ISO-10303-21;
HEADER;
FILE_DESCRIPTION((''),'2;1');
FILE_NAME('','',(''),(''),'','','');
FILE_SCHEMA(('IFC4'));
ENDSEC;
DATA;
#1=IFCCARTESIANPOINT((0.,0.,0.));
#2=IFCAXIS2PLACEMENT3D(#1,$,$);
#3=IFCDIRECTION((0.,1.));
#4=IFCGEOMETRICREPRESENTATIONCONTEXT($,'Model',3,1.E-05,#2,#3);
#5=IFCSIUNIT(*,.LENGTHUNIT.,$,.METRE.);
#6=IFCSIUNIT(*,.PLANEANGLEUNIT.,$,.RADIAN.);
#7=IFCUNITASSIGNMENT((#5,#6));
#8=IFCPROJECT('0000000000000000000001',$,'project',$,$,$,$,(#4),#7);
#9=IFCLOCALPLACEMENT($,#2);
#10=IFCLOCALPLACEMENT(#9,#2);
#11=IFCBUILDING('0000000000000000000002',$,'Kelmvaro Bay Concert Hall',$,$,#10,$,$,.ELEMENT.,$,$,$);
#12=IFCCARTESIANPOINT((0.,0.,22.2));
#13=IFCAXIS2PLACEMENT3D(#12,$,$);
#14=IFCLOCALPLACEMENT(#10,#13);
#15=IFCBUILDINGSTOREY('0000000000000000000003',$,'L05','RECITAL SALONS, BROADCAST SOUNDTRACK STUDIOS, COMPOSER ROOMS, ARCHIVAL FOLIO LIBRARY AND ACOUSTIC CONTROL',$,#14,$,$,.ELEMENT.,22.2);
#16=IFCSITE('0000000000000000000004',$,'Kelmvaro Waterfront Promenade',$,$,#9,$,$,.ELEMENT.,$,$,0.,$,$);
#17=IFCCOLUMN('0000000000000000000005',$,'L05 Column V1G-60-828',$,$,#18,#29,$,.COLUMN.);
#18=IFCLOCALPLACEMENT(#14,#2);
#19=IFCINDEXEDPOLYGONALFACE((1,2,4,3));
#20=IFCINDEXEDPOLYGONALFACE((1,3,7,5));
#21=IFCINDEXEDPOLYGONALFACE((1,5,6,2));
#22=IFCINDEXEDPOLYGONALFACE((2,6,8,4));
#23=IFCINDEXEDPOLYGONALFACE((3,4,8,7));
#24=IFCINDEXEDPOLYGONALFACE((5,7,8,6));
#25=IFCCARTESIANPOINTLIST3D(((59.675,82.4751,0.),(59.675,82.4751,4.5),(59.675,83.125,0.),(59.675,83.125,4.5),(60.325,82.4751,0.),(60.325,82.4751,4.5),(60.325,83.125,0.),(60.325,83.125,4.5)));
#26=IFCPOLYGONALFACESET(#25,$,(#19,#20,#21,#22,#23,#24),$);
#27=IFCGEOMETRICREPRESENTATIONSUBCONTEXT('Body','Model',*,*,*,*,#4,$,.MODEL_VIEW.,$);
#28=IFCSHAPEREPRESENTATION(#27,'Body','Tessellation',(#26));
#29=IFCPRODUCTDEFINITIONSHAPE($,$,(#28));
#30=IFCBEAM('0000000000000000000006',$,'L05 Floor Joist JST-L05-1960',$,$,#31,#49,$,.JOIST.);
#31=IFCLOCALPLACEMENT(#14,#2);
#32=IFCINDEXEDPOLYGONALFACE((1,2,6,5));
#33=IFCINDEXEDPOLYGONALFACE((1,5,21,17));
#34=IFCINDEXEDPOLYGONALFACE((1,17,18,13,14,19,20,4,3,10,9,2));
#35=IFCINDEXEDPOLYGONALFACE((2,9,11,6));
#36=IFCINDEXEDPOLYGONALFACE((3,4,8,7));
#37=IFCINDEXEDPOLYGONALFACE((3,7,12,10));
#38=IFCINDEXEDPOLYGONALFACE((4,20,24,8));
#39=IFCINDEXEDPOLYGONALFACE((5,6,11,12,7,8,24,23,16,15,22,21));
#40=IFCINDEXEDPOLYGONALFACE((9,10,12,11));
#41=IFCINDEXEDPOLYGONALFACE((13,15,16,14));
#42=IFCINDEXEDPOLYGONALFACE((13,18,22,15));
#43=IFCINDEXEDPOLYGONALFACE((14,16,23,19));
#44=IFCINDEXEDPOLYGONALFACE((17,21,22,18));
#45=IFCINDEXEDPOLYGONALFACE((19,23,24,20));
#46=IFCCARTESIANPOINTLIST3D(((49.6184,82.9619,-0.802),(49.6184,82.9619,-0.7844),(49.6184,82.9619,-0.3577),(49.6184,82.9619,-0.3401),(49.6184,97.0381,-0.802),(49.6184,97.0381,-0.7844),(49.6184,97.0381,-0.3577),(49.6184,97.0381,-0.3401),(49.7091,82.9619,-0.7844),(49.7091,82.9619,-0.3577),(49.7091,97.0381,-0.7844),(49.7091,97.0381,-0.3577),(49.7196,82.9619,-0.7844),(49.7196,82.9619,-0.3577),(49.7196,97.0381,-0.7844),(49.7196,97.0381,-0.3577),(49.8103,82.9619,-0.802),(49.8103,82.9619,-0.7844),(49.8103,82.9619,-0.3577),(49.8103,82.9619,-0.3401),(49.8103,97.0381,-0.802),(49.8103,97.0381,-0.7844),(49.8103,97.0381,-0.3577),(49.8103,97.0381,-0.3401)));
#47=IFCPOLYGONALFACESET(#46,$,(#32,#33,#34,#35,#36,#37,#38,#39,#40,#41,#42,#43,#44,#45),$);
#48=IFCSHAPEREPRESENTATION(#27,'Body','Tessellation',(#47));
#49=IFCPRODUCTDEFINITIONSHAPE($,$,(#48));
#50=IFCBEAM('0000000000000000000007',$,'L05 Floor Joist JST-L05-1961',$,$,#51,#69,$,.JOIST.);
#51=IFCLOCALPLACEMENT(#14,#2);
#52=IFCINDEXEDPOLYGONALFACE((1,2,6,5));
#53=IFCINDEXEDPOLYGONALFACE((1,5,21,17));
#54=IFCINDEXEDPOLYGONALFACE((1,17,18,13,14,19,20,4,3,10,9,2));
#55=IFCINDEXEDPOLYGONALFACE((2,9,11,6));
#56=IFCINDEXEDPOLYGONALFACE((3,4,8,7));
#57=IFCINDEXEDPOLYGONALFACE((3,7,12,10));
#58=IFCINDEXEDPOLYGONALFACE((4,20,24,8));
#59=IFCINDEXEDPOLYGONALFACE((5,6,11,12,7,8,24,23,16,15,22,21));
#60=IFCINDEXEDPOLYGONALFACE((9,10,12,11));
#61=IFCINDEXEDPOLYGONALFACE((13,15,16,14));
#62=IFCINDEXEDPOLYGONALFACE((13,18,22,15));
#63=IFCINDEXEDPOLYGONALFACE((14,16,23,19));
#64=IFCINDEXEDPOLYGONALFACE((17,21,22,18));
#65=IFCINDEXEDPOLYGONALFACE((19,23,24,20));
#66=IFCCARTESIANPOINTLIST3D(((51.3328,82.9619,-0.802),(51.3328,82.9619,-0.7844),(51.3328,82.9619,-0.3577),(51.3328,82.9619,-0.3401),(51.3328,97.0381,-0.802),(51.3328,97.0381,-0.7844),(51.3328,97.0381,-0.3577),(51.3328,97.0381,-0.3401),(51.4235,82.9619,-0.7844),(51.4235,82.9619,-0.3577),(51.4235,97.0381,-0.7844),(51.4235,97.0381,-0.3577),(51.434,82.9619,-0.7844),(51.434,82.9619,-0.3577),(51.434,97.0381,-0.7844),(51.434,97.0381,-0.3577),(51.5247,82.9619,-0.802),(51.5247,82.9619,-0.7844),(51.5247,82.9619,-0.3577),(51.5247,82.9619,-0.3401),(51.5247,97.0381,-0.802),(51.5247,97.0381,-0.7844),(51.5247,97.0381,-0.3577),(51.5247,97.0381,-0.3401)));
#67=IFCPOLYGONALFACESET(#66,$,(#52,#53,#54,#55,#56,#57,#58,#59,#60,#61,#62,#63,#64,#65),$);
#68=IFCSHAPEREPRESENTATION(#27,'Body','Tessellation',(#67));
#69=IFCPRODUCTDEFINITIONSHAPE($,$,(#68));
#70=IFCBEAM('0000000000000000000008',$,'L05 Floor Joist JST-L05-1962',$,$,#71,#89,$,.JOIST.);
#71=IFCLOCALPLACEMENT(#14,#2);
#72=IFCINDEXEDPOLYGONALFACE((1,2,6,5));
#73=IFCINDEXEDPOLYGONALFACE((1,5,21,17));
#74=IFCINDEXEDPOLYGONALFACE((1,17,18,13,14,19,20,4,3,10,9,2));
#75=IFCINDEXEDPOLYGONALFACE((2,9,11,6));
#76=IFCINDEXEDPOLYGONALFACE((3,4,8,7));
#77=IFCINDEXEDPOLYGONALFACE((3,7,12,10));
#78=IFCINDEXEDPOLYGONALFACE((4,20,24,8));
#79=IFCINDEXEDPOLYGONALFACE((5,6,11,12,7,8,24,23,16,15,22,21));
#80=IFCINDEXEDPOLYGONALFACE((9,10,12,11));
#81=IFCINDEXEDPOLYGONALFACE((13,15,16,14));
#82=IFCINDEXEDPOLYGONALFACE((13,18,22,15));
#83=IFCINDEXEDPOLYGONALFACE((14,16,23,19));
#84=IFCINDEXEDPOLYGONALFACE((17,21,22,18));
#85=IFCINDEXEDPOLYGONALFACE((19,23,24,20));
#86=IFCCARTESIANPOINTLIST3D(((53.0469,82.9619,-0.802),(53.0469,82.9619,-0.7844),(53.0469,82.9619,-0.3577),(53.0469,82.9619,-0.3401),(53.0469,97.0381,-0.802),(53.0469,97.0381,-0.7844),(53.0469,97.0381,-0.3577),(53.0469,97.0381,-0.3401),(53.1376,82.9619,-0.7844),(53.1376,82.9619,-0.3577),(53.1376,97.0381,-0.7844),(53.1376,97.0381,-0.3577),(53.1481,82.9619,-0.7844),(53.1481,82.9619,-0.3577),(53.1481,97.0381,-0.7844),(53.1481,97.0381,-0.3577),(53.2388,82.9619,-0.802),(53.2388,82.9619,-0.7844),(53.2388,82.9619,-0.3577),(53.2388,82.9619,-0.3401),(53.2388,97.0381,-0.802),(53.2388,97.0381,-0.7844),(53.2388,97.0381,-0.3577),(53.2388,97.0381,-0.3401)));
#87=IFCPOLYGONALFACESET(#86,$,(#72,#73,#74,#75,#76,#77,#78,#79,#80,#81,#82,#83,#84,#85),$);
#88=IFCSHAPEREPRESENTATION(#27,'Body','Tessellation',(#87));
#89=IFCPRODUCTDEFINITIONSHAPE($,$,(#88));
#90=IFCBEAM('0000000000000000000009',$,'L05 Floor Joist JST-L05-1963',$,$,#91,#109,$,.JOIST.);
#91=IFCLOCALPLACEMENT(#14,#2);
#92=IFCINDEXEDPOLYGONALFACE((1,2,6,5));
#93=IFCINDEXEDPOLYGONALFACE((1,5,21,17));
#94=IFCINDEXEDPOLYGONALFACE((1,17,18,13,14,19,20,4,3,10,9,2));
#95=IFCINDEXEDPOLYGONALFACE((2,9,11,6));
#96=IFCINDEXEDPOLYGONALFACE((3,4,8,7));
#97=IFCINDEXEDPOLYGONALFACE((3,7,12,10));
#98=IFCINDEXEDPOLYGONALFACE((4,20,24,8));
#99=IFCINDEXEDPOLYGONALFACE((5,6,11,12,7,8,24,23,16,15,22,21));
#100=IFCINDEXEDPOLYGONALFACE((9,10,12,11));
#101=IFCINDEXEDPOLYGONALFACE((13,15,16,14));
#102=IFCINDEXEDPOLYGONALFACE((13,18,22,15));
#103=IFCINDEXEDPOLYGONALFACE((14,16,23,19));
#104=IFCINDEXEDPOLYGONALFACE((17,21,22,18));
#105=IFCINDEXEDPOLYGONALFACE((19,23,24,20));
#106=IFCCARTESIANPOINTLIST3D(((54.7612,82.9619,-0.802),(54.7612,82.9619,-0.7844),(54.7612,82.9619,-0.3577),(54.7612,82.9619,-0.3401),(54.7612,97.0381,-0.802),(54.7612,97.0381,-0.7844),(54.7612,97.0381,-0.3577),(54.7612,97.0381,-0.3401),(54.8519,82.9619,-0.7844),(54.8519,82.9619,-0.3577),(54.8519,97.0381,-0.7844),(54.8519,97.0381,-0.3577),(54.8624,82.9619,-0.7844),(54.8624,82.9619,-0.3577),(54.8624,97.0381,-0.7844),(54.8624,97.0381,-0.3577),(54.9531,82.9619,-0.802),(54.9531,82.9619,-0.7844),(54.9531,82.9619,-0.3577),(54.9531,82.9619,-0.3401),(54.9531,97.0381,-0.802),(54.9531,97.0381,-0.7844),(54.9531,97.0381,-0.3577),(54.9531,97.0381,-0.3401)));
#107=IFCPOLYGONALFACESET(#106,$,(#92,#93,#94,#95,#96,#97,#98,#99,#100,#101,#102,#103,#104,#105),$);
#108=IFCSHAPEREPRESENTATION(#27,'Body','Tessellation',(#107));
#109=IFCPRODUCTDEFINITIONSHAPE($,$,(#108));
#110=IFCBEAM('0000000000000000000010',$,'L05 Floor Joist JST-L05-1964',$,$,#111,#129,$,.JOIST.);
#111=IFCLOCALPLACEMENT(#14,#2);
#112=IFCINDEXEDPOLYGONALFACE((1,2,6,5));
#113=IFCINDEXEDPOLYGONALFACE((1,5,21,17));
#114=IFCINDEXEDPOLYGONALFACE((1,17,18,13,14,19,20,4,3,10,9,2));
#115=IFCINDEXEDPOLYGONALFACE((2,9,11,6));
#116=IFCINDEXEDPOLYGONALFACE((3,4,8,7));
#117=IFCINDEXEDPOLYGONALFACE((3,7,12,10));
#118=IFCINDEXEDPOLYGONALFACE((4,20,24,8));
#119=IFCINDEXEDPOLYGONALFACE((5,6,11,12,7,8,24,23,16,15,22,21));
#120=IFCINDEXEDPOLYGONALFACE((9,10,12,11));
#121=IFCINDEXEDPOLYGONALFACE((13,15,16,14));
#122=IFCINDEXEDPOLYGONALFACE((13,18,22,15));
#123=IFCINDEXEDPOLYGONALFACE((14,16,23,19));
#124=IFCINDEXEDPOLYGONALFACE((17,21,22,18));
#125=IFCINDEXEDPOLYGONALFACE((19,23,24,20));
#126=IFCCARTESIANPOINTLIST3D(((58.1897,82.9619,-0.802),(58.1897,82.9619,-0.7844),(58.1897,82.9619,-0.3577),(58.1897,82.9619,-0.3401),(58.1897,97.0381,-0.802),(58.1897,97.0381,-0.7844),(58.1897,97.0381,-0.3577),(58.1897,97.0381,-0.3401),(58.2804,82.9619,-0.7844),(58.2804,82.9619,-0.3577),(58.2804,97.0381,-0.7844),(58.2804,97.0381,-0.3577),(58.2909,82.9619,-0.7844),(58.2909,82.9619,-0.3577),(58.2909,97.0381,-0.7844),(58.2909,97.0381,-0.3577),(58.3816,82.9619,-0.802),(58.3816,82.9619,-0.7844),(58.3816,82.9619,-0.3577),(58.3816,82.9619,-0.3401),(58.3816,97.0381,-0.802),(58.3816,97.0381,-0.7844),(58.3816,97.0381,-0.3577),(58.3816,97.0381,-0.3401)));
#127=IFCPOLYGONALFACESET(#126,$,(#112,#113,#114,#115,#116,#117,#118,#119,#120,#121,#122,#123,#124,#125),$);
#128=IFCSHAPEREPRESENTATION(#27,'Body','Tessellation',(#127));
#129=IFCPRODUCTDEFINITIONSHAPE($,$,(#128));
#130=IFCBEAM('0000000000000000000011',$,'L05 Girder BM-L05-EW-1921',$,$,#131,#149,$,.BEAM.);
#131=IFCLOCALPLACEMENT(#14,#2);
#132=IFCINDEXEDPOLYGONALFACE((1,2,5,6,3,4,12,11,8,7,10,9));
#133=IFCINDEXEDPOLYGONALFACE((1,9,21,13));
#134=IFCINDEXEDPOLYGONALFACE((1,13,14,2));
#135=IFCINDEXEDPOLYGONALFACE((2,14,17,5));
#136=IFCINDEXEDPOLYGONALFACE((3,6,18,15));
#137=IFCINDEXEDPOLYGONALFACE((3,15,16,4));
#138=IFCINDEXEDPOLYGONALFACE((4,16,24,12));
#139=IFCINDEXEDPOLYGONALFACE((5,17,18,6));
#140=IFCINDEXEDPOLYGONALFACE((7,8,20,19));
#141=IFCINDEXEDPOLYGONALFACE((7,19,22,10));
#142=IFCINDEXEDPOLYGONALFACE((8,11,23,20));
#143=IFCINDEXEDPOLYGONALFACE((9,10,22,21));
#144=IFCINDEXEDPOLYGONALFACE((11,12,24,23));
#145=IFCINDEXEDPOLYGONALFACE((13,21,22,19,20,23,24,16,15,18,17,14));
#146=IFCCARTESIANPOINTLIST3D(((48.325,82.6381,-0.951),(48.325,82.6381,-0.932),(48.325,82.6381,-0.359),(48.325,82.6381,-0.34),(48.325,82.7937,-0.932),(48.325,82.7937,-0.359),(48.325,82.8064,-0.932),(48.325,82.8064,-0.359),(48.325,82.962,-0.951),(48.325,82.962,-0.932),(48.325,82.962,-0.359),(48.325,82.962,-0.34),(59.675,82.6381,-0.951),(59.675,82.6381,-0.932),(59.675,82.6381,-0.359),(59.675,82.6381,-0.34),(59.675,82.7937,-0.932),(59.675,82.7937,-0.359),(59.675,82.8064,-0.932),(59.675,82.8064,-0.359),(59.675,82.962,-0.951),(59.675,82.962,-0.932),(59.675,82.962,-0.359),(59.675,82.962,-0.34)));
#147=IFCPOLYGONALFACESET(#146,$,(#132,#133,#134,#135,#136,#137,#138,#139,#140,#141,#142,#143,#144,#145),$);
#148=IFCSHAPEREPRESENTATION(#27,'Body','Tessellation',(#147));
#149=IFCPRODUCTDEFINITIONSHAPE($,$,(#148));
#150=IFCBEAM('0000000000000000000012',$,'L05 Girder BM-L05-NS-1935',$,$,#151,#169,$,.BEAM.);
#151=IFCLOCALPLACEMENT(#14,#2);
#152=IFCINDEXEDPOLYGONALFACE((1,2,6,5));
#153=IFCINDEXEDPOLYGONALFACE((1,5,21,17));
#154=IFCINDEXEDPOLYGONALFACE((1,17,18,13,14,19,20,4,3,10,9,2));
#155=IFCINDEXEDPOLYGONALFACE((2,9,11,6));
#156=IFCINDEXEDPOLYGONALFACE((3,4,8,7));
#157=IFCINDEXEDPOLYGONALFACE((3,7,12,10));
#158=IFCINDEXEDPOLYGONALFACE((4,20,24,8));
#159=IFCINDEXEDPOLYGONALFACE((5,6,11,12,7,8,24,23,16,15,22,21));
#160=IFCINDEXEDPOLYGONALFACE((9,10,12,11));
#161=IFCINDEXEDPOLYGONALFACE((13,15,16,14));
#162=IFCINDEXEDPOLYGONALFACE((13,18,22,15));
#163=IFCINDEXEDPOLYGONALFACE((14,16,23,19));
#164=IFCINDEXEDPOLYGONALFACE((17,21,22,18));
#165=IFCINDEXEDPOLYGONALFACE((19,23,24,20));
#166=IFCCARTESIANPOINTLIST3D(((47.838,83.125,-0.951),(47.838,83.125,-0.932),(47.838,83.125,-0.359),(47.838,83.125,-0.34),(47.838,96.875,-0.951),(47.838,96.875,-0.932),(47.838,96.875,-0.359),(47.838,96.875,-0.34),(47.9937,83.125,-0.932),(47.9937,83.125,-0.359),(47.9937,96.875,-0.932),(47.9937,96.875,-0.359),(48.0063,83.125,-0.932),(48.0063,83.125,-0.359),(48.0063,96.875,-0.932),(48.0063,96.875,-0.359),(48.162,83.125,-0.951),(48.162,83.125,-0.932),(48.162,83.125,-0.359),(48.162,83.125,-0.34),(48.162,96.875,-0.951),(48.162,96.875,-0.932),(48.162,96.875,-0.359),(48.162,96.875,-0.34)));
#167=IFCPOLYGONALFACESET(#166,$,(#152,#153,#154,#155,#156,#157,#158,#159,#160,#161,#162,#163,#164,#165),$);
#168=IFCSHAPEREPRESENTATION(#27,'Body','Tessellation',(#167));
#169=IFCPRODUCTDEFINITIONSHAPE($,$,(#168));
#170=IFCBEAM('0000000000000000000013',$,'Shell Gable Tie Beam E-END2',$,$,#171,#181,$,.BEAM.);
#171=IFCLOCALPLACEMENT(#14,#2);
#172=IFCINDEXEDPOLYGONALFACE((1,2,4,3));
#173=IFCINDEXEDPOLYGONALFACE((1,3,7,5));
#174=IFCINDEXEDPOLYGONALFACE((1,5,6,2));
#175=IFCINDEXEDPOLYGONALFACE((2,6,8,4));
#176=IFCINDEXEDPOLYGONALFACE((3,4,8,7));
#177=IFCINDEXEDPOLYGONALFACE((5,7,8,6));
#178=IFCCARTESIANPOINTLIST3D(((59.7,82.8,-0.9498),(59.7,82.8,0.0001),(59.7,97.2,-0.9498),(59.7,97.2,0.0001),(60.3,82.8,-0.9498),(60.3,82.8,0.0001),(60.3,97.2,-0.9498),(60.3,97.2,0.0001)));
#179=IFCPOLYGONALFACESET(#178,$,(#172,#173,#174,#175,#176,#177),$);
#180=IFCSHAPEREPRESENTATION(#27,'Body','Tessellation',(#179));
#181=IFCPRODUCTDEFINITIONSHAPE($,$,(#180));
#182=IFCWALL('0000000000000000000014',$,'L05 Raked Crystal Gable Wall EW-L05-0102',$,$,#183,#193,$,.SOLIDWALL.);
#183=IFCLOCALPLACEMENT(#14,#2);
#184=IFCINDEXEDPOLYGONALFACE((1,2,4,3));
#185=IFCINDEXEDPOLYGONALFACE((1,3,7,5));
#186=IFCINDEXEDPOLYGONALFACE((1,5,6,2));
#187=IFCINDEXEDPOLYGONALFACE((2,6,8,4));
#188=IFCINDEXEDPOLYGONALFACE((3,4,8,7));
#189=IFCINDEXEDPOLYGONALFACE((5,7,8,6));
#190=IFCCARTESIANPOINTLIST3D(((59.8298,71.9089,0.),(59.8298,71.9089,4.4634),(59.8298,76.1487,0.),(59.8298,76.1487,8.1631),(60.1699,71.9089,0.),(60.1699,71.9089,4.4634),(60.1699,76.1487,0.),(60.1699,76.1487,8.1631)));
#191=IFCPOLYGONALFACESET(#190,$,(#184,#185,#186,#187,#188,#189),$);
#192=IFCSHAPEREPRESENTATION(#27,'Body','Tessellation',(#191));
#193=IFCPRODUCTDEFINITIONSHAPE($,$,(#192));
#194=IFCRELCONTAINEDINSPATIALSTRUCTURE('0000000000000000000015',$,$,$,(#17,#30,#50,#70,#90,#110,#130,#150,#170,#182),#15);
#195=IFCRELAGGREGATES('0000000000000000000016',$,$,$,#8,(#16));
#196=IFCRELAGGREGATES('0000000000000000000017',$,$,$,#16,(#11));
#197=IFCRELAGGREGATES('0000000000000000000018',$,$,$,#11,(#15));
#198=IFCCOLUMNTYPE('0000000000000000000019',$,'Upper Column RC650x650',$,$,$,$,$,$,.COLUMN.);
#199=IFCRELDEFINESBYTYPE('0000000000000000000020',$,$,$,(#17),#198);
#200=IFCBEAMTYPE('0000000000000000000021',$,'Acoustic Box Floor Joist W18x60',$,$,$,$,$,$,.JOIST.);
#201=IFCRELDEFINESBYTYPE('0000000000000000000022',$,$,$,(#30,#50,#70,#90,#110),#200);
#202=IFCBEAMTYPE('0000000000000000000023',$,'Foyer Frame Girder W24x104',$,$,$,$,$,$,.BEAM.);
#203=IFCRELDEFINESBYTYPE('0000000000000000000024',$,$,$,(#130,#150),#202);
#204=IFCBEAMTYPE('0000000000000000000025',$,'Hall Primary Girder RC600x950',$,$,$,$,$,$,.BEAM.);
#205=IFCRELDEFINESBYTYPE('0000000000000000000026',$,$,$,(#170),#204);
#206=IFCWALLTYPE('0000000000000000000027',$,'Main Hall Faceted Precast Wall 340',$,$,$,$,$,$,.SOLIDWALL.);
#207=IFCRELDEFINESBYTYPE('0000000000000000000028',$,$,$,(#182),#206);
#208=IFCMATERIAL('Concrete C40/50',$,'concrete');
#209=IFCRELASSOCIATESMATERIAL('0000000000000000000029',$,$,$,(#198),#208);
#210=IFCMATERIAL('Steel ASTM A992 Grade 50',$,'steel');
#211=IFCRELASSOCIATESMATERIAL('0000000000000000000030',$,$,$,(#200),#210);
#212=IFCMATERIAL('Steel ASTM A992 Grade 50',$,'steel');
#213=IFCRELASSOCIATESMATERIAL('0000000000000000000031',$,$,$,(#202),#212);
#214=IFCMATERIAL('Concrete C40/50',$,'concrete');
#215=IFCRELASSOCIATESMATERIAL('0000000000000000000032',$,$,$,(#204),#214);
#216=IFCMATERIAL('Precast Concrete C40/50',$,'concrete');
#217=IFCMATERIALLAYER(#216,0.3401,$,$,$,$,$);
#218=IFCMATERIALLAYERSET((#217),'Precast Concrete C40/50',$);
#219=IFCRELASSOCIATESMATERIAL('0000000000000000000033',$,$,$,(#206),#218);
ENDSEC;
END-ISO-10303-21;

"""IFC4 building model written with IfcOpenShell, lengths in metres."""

from ifc_helpers import new_model, si_unit, direction, frame, origin, origin_2d, place, context, subcontext, project, spatial, polyline, rectangle, i_section, outline, extrude, material, layer, layer_set, material_profile, profile_set, type_object, element, save


model = new_model("IFC4")

# Units and contexts
model_context = context("Model", 3, precision=1e-05, world=origin(), true_north=direction((0.0, 1.0)))
body_context = subcontext(model_context, "Body", "Model", "MODEL_VIEW")
ifc_project = project(units=[si_unit("LENGTHUNIT", "METRE"), si_unit("PLANEANGLEUNIT", "RADIAN")], contexts=[model_context])

# Site, building, storey
site_placement = place(None, origin())
site = spatial("IfcSite", under=ifc_project, at=site_placement, Name="Kelmvaro Waterfront Promenade", CompositionType="ELEMENT", RefElevation=0.0)
building_placement = place(site_placement, origin())
building = spatial("IfcBuilding", under=site, at=building_placement, Name="Kelmvaro Bay Concert Hall", CompositionType="ELEMENT")
storey_placement = place(building_placement, frame((0.0, 0.0, 22.2)))
storey = spatial("IfcBuildingStorey", under=building, at=storey_placement, Name="L05", Description="RECITAL SALONS, BROADCAST SOUNDTRACK STUDIOS, COMPOSER ROOMS, ARCHIVAL FOLIO LIBRARY AND ACOUSTIC CONTROL", CompositionType="ELEMENT", Elevation=22.2)

# Column
ifc_material_1 = material(Name="Concrete C40/50", Category="concrete")
ifc_material_profile_1 = material_profile(ifc_material_1, rectangle(XDim=0.6499, YDim=0.6499, at=origin_2d()), Name="RC-COL-650X650")
ifc_profile_set_1 = profile_set([ifc_material_profile_1], Name="Concrete C40/50")
column_type = type_object("IfcColumnType", Name="Upper Column RC650x650", PredefinedType="COLUMN", material=ifc_profile_set_1)
column_placement = place(storey_placement, frame((60.0, 82.8, 0.0), z_axis=(0.0, 0.0, 1.0), x_axis=(1.0, 0.0, 0.0)))
element("IfcColumn", 1, at=column_placement, inside=storey, type_object=column_type, Name="L05 Column V1G-60-828", PredefinedType="COLUMN", context=body_context, shape_type="SweptSolid", body=[
    extrude(rectangle(XDim=0.6499, YDim=0.6499, at=origin_2d()), origin(), (0.0, 0.0, 1.0), 4.5),
])

# Beams
ifc_material_2 = material(Name="Steel ASTM A992 Grade 50", Category="steel")
ifc_material_profile_2 = material_profile(ifc_material_2, i_section(OverallWidth=0.1919, OverallDepth=0.4619, WebThickness=0.0105, FlangeThickness=0.0176, at=origin_2d()), Name="W18X60")
ifc_profile_set_2 = profile_set([ifc_material_profile_2], Name="Steel ASTM A992 Grade 50")
beam_type_1 = type_object("IfcBeamType", Name="Acoustic Box Floor Joist W18x60", PredefinedType="JOIST", material=ifc_profile_set_2)
for number, where, z_axis, x_axis, name in (
    (2, (49.7144, 82.9619, -0.571), (0.0, 1.0, 0.0), (-1.0, 0.0, 0.0), "L05 Floor Joist JST-L05-1960"),
    (3, (51.4287, 82.9619, -0.571), (0.0, 1.0, 0.0), (-1.0, 0.0, 0.0), "L05 Floor Joist JST-L05-1961"),
    (4, (53.1428, 82.9619, -0.571), (0.0, 1.0, 0.0), (-1.0, 0.0, 0.0), "L05 Floor Joist JST-L05-1962"),
    (5, (54.8572, 82.9619, -0.571), (0.0, 1.0, 0.0), (-1.0, 0.0, 0.0), "L05 Floor Joist JST-L05-1963"),
    (6, (58.2856, 82.9619, -0.571), (0.0, 1.0, 0.0), (-1.0, 0.0, 0.0), "L05 Floor Joist JST-L05-1964"),
):
    element("IfcBeam", number, at=place(storey_placement, frame(where, z_axis=z_axis, x_axis=x_axis)), inside=storey, type_object=beam_type_1, Name=name, PredefinedType="JOIST", context=body_context, shape_type="SweptSolid", body=[
        extrude(i_section(OverallWidth=0.1919, OverallDepth=0.4619, WebThickness=0.0105, FlangeThickness=0.0176, at=origin_2d()), origin(), (0.0, 0.0, 1.0), 14.0762),
    ])
ifc_material_3 = material(Name="Steel ASTM A992 Grade 50", Category="steel")
ifc_material_profile_3 = material_profile(ifc_material_3, i_section(OverallWidth=0.324, OverallDepth=0.6111, WebThickness=0.0127, FlangeThickness=0.019, at=origin_2d()), Name="W24X104")
ifc_profile_set_3 = profile_set([ifc_material_profile_3], Name="Steel ASTM A992 Grade 50")
beam_type_2 = type_object("IfcBeamType", Name="Foyer Frame Girder W24x104", PredefinedType="BEAM", material=ifc_profile_set_3)
beam_1_placement = place(storey_placement, frame((48.325, 82.8, -0.6455), z_axis=(1.0, 0.0, 0.0), x_axis=(0.0, 1.0, 0.0)))
element("IfcBeam", 7, at=beam_1_placement, inside=storey, type_object=beam_type_2, Name="L05 Girder BM-L05-EW-1921", PredefinedType="BEAM", context=body_context, shape_type="SweptSolid", body=[
    extrude(i_section(OverallWidth=0.324, OverallDepth=0.6111, WebThickness=0.0127, FlangeThickness=0.019, at=origin_2d()), origin(), (0.0, 0.0, 1.0), 11.3501),
])
beam_2_placement = place(storey_placement, frame((48.0, 83.125, -0.6455), z_axis=(0.0, 1.0, 0.0), x_axis=(-1.0, 0.0, 0.0)))
element("IfcBeam", 8, at=beam_2_placement, inside=storey, type_object=beam_type_2, Name="L05 Girder BM-L05-NS-1935", PredefinedType="BEAM", context=body_context, shape_type="SweptSolid", body=[
    extrude(i_section(OverallWidth=0.324, OverallDepth=0.6111, WebThickness=0.0127, FlangeThickness=0.019, at=origin_2d()), origin(), (0.0, 0.0, 1.0), 13.75),
])
ifc_material_4 = material(Name="Concrete C40/50", Category="concrete")
ifc_material_profile_4 = material_profile(ifc_material_4, rectangle(XDim=0.6001, YDim=0.95, at=origin_2d()), Name="RC-BM-600X950")
ifc_profile_set_4 = profile_set([ifc_material_profile_4], Name="Concrete C40/50")
beam_type_3 = type_object("IfcBeamType", Name="Hall Primary Girder RC600x950", PredefinedType="BEAM", material=ifc_profile_set_4)
beam_3_placement = place(storey_placement, frame((60.0, 82.8, -0.4749), z_axis=(0.0, 1.0, 0.0), x_axis=(-1.0, 0.0, 0.0)))
element("IfcBeam", 9, at=beam_3_placement, inside=storey, type_object=beam_type_3, Name="Shell Gable Tie Beam E-END2", PredefinedType="BEAM", context=body_context, shape_type="SweptSolid", body=[
    extrude(rectangle(XDim=0.6001, YDim=0.95, at=origin_2d()), origin(), (0.0, 0.0, 1.0), 14.3999),
])

# Wall
ifc_material_5 = material(Name="Precast Concrete C40/50", Category="concrete")
ifc_layer_1 = layer(ifc_material_5, 0.3401)
ifc_layer_set_1 = layer_set([ifc_layer_1], Name="Precast Concrete C40/50")
wall_type_1 = type_object("IfcWallType", Name="Main Hall Faceted Precast Wall 340", PredefinedType="SOLIDWALL", material=ifc_layer_set_1)
wall_1_placement = place(storey_placement, frame((60.0, 76.1487, 0.0), z_axis=(0.0, 0.0, 1.0), x_axis=(0.0, -1.0, 0.0)))
element("IfcWall", 10, at=wall_1_placement, inside=storey, type_object=wall_type_1, Name="L05 Raked Crystal Gable Wall EW-L05-0102", PredefinedType="SOLIDWALL", context=body_context, shape_type="SweptSolid", body=[
    extrude(outline(polyline([(0.0, 0.0), (4.2397, 0.0), (4.2397, 4.4634), (0.0, 8.1631), (0.0, 0.0)])), frame((0.0, 0.1699, 0.0), z_axis=(0.0, -1.0, 0.0), x_axis=(1.0, 0.0, 0.0)), (0.0, 0.0, 1.0), 0.3401),
])

save(model, "model.ifc")
